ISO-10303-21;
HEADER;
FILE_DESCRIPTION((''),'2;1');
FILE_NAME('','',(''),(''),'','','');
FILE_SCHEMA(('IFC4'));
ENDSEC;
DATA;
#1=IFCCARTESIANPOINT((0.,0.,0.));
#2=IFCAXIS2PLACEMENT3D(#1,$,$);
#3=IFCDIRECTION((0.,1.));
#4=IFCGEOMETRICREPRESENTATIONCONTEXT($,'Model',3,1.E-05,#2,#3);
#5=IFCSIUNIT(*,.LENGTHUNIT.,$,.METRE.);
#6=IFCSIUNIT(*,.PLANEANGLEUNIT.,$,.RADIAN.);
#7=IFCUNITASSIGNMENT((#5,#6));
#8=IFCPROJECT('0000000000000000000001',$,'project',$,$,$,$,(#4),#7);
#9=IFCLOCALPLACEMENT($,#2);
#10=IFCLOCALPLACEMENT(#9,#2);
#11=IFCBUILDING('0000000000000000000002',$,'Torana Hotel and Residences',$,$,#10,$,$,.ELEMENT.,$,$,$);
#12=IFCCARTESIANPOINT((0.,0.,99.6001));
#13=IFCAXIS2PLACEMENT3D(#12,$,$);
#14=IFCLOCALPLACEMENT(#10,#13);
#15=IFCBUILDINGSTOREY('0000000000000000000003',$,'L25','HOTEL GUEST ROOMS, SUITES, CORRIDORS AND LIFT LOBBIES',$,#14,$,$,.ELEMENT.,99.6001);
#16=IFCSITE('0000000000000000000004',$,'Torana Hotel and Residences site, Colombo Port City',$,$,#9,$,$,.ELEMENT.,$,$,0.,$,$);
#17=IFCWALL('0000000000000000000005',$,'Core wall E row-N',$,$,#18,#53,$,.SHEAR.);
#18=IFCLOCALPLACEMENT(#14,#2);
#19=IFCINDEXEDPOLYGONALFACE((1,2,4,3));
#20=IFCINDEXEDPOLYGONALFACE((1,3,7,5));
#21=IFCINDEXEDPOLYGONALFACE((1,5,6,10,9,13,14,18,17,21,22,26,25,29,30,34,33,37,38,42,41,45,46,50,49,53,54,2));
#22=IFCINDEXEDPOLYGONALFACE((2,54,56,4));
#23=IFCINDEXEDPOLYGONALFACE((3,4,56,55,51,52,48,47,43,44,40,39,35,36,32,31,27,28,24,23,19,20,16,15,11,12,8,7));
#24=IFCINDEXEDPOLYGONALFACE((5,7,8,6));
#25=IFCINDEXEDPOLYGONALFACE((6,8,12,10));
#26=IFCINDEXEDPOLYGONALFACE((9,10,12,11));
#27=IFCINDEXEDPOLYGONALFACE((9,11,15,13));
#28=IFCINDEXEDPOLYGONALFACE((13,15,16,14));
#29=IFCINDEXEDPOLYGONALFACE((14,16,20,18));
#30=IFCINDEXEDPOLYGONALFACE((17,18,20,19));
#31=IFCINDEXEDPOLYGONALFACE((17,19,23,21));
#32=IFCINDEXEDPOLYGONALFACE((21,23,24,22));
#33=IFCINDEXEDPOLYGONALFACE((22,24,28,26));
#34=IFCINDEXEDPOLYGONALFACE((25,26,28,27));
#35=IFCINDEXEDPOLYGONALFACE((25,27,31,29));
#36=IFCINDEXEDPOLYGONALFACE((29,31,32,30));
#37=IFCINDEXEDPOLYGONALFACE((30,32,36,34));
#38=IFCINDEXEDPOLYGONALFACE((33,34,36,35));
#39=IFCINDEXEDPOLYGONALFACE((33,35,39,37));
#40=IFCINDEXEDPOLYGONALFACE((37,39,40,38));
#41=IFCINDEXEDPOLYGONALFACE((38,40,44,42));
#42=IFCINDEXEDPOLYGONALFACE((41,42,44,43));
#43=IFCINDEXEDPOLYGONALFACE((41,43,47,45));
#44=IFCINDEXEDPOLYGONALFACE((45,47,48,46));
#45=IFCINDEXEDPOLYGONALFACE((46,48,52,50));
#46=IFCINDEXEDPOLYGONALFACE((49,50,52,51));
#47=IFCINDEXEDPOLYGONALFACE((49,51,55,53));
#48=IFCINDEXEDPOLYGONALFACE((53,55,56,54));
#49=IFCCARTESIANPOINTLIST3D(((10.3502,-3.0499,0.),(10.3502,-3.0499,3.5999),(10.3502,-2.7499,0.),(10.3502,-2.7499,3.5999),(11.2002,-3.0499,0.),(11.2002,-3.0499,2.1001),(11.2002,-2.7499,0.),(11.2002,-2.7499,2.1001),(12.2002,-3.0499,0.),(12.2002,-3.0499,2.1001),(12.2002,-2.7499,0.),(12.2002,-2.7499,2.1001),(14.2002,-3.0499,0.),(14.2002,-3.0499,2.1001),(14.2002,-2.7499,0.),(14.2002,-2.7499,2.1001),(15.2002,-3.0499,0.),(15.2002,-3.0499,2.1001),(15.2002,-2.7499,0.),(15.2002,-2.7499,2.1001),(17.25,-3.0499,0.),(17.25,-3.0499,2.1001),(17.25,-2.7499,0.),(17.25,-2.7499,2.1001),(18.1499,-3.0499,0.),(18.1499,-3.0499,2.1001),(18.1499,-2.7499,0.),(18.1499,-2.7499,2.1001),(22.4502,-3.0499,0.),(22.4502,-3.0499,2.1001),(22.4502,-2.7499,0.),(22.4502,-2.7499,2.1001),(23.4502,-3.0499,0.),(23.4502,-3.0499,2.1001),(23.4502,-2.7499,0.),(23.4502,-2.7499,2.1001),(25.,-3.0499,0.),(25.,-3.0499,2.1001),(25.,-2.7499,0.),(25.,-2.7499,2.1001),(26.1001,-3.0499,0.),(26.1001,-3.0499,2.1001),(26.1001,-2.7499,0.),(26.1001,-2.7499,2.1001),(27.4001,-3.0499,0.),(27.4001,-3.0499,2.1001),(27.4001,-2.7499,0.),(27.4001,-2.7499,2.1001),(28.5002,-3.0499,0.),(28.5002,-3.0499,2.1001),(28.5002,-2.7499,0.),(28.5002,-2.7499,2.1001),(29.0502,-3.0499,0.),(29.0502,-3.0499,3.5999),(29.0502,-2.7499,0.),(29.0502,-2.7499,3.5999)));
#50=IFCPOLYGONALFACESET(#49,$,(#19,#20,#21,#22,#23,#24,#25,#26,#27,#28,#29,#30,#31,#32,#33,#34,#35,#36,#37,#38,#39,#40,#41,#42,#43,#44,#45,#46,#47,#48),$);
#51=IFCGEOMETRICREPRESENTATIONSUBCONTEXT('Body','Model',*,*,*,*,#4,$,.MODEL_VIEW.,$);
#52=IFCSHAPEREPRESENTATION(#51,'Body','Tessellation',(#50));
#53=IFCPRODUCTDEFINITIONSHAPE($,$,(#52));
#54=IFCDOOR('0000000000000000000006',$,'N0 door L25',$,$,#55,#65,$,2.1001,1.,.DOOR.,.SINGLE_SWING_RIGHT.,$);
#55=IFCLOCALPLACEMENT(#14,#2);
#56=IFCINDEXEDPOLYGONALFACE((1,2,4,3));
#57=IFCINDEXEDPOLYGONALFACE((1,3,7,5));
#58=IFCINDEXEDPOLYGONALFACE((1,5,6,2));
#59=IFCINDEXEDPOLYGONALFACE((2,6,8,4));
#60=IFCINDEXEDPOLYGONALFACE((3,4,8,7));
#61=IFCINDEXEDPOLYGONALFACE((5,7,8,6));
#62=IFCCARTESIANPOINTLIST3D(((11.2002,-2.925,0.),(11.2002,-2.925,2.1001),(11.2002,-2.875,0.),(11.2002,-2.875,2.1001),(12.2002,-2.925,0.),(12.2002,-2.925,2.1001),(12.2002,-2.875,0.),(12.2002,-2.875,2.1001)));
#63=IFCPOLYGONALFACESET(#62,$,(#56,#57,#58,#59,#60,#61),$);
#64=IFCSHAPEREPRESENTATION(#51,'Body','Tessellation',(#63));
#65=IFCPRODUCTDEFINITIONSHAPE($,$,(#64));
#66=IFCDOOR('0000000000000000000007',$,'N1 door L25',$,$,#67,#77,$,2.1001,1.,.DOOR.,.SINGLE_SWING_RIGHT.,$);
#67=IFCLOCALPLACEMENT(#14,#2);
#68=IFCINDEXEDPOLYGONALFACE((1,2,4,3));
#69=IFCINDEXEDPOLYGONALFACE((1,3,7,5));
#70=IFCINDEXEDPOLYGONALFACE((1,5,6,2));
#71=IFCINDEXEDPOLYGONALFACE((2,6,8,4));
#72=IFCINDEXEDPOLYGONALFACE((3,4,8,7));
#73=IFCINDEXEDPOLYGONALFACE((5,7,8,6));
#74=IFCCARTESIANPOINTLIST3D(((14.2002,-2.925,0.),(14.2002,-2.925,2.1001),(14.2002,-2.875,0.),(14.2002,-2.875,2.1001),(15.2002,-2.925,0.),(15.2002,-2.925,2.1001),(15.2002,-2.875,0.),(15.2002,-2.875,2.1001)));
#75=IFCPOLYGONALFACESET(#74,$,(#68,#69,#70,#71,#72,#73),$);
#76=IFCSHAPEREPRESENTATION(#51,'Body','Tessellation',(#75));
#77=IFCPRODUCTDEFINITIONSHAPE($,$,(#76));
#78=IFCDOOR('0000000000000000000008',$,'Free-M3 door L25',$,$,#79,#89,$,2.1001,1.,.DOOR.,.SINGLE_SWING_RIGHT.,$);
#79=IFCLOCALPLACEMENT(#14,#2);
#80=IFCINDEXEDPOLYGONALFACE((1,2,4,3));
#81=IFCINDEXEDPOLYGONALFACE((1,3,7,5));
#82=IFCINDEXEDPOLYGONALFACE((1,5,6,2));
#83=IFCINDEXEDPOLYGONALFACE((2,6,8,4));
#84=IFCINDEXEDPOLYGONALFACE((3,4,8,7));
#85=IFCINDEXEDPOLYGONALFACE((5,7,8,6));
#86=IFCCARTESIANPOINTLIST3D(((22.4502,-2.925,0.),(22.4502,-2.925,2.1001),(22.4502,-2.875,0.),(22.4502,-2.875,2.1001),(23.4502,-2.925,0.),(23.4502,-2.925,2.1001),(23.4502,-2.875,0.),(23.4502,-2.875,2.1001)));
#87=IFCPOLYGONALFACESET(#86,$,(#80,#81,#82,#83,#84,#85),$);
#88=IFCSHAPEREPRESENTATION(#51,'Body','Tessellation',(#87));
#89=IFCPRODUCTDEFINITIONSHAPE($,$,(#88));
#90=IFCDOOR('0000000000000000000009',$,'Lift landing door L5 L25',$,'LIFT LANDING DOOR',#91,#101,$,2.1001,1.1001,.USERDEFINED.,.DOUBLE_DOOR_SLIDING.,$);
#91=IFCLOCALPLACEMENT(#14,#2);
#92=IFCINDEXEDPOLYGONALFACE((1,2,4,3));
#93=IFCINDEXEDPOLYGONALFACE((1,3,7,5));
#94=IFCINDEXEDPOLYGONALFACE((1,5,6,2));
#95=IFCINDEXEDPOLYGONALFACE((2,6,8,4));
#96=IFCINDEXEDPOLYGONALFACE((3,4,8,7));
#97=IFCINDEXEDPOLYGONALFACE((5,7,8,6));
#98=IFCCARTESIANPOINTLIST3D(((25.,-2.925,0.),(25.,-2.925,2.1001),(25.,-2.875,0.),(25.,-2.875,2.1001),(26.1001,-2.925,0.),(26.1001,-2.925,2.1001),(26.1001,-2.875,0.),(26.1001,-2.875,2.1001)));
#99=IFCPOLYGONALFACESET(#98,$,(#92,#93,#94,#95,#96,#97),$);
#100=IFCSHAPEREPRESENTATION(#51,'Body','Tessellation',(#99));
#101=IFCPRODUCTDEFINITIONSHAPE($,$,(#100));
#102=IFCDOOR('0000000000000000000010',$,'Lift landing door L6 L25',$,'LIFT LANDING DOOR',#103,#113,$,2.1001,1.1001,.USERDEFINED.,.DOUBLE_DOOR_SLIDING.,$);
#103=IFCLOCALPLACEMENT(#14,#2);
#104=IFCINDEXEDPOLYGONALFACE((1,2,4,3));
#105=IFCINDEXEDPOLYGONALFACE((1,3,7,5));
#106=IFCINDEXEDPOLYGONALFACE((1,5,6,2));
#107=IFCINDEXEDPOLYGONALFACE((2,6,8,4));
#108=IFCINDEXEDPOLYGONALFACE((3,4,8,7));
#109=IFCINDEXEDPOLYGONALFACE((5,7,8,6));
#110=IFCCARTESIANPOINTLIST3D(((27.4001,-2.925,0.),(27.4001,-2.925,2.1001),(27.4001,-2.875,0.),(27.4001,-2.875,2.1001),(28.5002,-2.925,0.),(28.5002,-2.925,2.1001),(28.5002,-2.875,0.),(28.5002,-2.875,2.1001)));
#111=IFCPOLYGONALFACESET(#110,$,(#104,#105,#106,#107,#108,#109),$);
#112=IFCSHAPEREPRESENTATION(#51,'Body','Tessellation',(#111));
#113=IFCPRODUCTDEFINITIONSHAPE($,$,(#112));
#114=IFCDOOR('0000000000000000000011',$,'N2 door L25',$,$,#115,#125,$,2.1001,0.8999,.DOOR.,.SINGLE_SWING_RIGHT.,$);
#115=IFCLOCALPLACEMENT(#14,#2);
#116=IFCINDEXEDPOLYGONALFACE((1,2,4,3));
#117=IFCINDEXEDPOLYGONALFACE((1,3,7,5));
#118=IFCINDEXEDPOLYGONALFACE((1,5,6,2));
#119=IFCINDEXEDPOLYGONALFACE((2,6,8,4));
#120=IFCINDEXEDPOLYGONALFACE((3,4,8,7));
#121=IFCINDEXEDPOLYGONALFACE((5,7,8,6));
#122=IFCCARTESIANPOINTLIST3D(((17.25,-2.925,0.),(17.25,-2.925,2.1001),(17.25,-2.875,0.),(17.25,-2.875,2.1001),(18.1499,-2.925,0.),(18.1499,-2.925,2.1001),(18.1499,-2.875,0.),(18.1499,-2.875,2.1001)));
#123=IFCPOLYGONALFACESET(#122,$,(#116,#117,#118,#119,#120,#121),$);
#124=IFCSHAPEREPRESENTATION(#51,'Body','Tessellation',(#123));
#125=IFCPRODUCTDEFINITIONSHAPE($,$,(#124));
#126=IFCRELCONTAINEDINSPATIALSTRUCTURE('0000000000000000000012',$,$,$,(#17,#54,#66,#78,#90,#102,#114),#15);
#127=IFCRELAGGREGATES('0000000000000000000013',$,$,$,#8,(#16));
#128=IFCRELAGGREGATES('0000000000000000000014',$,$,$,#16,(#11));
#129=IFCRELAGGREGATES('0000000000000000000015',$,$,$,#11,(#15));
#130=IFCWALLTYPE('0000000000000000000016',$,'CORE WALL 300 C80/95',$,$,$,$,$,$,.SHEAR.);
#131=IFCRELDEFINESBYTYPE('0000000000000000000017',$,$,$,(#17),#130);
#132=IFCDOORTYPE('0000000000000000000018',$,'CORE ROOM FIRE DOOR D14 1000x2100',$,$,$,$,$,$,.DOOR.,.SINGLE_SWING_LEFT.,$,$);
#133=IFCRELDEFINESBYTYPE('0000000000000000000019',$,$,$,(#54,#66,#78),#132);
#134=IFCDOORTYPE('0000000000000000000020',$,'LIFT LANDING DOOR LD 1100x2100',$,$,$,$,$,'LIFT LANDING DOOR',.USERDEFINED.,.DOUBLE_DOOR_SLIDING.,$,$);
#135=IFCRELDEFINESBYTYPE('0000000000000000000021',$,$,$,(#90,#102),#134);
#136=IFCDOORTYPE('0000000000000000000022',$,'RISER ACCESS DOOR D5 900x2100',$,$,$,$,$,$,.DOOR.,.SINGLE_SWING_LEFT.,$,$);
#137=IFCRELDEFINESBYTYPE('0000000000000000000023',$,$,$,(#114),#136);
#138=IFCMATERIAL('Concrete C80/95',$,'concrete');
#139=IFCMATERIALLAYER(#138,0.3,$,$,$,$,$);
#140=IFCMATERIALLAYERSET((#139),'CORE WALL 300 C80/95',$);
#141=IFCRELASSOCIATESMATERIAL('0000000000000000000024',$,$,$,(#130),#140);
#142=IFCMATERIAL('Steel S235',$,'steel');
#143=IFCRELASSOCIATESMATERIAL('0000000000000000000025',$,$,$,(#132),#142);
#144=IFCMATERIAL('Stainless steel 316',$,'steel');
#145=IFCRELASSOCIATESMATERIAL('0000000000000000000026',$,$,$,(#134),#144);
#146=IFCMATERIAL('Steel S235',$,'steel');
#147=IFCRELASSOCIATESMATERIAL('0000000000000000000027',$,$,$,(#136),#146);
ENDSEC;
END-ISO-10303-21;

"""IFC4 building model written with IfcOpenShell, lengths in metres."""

from ifc_helpers import new_model, si_unit, direction, frame, frame_2d, origin, place, context, subcontext, project, spatial, rectangle, extrude, material, layer, layer_set, type_object, element, fill, save


model = new_model("IFC4")

# Units and contexts
model_context = context("Model", 3, precision=1e-05, world=origin(), true_north=direction((0.0, 1.0)))
body_context = subcontext(model_context, "Body", "Model", "MODEL_VIEW")
ifc_project = project(units=[si_unit("LENGTHUNIT", "METRE"), si_unit("PLANEANGLEUNIT", "RADIAN")], contexts=[model_context])

# Site, building, storey
site_placement = place(None, origin())
site = spatial("IfcSite", under=ifc_project, at=site_placement, Name="Torana Hotel and Residences site, Colombo Port City", CompositionType="ELEMENT", RefElevation=0.0)
building_placement = place(site_placement, origin())
building = spatial("IfcBuilding", under=site, at=building_placement, Name="Torana Hotel and Residences", CompositionType="ELEMENT")
storey_placement = place(building_placement, frame((0.0, 0.0, 99.6001)))
storey = spatial("IfcBuildingStorey", under=building, at=storey_placement, Name="L25", Description="HOTEL GUEST ROOMS, SUITES, CORRIDORS AND LIFT LOBBIES", CompositionType="ELEMENT", Elevation=99.6001)

# Wall, openings, doors
ifc_material_1 = material(Name="Concrete C80/95", Category="concrete")
ifc_layer_1 = layer(ifc_material_1, 0.3)
ifc_layer_set_1 = layer_set([ifc_layer_1], Name="CORE WALL 300 C80/95")
wall_type_1 = type_object("IfcWallType", Name="CORE WALL 300 C80/95", PredefinedType="SHEAR", material=ifc_layer_set_1)
wall_1_placement = place(storey_placement, frame((10.3501, -2.8999, 0.0), z_axis=(0.0, 0.0, 1.0), x_axis=(1.0, 0.0, 0.0)))
wall_1 = element("IfcWall", 1, at=wall_1_placement, inside=storey, type_object=wall_type_1, Name="Core wall E row-N", PredefinedType="SHEAR", context=body_context, shape_type="SweptSolid", body=[
    extrude(rectangle(XDim=18.7, YDim=0.3, at=frame_2d((9.3501, 0.0))), origin(), (0.0, 0.0, 1.0), 3.5999),
])
opening_1_placement = place(wall_1_placement, frame((14.6499, 0.0, 0.0)))
opening_1 = element("IfcOpeningElement", 2, at=opening_1_placement, cuts=wall_1, PredefinedType="OPENING", context=body_context, shape_type="SweptSolid", body=[
    extrude(rectangle(XDim=1.1001, YDim=2.1001, at=frame_2d((0.55, 1.05))), frame((0.0, 0.1599, 0.0), z_axis=(0.0, -1.0, 0.0), x_axis=(1.0, 0.0, 0.0)), (0.0, 0.0, 1.0), 0.3201),
])
opening_2_placement = place(wall_1_placement, frame((17.05, 0.0, 0.0)))
opening_2 = element("IfcOpeningElement", 3, at=opening_2_placement, cuts=wall_1, PredefinedType="OPENING", context=body_context, shape_type="SweptSolid", body=[
    extrude(rectangle(XDim=1.1001, YDim=2.1001, at=frame_2d((0.55, 1.05))), frame((0.0, 0.1599, 0.0), z_axis=(0.0, -1.0, 0.0), x_axis=(1.0, 0.0, 0.0)), (0.0, 0.0, 1.0), 0.3201),
])
opening_3_placement = place(wall_1_placement, frame((6.8999, 0.0, 0.0)))
opening_3 = element("IfcOpeningElement", 4, at=opening_3_placement, cuts=wall_1, PredefinedType="OPENING", context=body_context, shape_type="SweptSolid", body=[
    extrude(rectangle(XDim=0.8999, YDim=2.1001, at=frame_2d((0.45, 1.05))), frame((0.0, 0.1599, 0.0), z_axis=(0.0, -1.0, 0.0), x_axis=(1.0, 0.0, 0.0)), (0.0, 0.0, 1.0), 0.3201),
])
opening_4_placement = place(wall_1_placement, frame((0.8501, 0.0, 0.0)))
opening_4 = element("IfcOpeningElement", 5, at=opening_4_placement, cuts=wall_1, PredefinedType="OPENING", context=body_context, shape_type="SweptSolid", body=[
    extrude(rectangle(XDim=1.0, YDim=2.1001, at=frame_2d((0.5, 1.05))), frame((0.0, 0.1599, 0.0), z_axis=(0.0, -1.0, 0.0), x_axis=(1.0, 0.0, 0.0)), (0.0, 0.0, 1.0), 0.3201),
])
opening_5_placement = place(wall_1_placement, frame((3.8501, 0.0, 0.0)))
opening_5 = element("IfcOpeningElement", 6, at=opening_5_placement, cuts=wall_1, PredefinedType="OPENING", context=body_context, shape_type="SweptSolid", body=[
    extrude(rectangle(XDim=1.0, YDim=2.1001, at=frame_2d((0.5, 1.05))), frame((0.0, 0.1599, 0.0), z_axis=(0.0, -1.0, 0.0), x_axis=(1.0, 0.0, 0.0)), (0.0, 0.0, 1.0), 0.3201),
])
opening_6_placement = place(wall_1_placement, frame((12.1001, 0.0, 0.0)))
opening_6 = element("IfcOpeningElement", 7, at=opening_6_placement, cuts=wall_1, PredefinedType="OPENING", context=body_context, shape_type="SweptSolid", body=[
    extrude(rectangle(XDim=1.0, YDim=2.1001, at=frame_2d((0.5, 1.05))), frame((0.0, 0.1599, 0.0), z_axis=(0.0, -1.0, 0.0), x_axis=(1.0, 0.0, 0.0)), (0.0, 0.0, 1.0), 0.3201),
])
ifc_material_2 = material(Name="Steel S235", Category="steel")
door_type_1 = type_object("IfcDoorType", Name="CORE ROOM FIRE DOOR D14 1000x2100", OperationType="SINGLE_SWING_LEFT", PredefinedType="DOOR", material=ifc_material_2)
door_1_placement = place(opening_4_placement, origin())
door_1 = element("IfcDoor", 8, at=door_1_placement, inside=storey, type_object=door_type_1, Name="N0 door L25", OperationType="SINGLE_SWING_RIGHT", OverallHeight=2.1001, OverallWidth=1.0, PredefinedType="DOOR", context=body_context, shape_type="SweptSolid", body=[
    extrude(rectangle(XDim=1.0, YDim=2.1001, at=frame_2d((0.5, 1.05))), frame((0.0, 0.0249, 0.0), z_axis=(0.0, -1.0, 0.0), x_axis=(1.0, 0.0, 0.0)), (0.0, 0.0, 1.0), 0.05),
])
fill(opening_4, door_1)
door_2_placement = place(opening_5_placement, origin())
door_2 = element("IfcDoor", 9, at=door_2_placement, inside=storey, type_object=door_type_1, Name="N1 door L25", OperationType="SINGLE_SWING_RIGHT", OverallHeight=2.1001, OverallWidth=1.0, PredefinedType="DOOR", context=body_context, shape_type="SweptSolid", body=[
    extrude(rectangle(XDim=1.0, YDim=2.1001, at=frame_2d((0.5, 1.05))), frame((0.0, 0.0249, 0.0), z_axis=(0.0, -1.0, 0.0), x_axis=(1.0, 0.0, 0.0)), (0.0, 0.0, 1.0), 0.05),
])
fill(opening_5, door_2)
door_3_placement = place(opening_6_placement, origin())
door_3 = element("IfcDoor", 10, at=door_3_placement, inside=storey, type_object=door_type_1, Name="Free-M3 door L25", OperationType="SINGLE_SWING_RIGHT", OverallHeight=2.1001, OverallWidth=1.0, PredefinedType="DOOR", context=body_context, shape_type="SweptSolid", body=[
    extrude(rectangle(XDim=1.0, YDim=2.1001, at=frame_2d((0.5, 1.05))), frame((0.0, 0.0249, 0.0), z_axis=(0.0, -1.0, 0.0), x_axis=(1.0, 0.0, 0.0)), (0.0, 0.0, 1.0), 0.05),
])
fill(opening_6, door_3)
ifc_material_3 = material(Name="Stainless steel 316", Category="steel")
door_type_2 = type_object("IfcDoorType", Name="LIFT LANDING DOOR LD 1100x2100", ElementType="LIFT LANDING DOOR", OperationType="DOUBLE_DOOR_SLIDING", PredefinedType="USERDEFINED", material=ifc_material_3)
door_4_placement = place(opening_1_placement, origin())
door_4 = element("IfcDoor", 11, at=door_4_placement, inside=storey, type_object=door_type_2, Name="Lift landing door L5 L25", ObjectType="LIFT LANDING DOOR", OperationType="DOUBLE_DOOR_SLIDING", OverallHeight=2.1001, OverallWidth=1.1001, PredefinedType="USERDEFINED", context=body_context, shape_type="SweptSolid", body=[
    extrude(rectangle(XDim=1.1001, YDim=2.1001, at=frame_2d((0.55, 1.05))), frame((0.0, 0.0249, 0.0), z_axis=(0.0, -1.0, 0.0), x_axis=(1.0, 0.0, 0.0)), (0.0, 0.0, 1.0), 0.05),
])
fill(opening_1, door_4)
door_5_placement = place(opening_2_placement, origin())
door_5 = element("IfcDoor", 12, at=door_5_placement, inside=storey, type_object=door_type_2, Name="Lift landing door L6 L25", ObjectType="LIFT LANDING DOOR", OperationType="DOUBLE_DOOR_SLIDING", OverallHeight=2.1001, OverallWidth=1.1001, PredefinedType="USERDEFINED", context=body_context, shape_type="SweptSolid", body=[
    extrude(rectangle(XDim=1.1001, YDim=2.1001, at=frame_2d((0.55, 1.05))), frame((0.0, 0.0249, 0.0), z_axis=(0.0, -1.0, 0.0), x_axis=(1.0, 0.0, 0.0)), (0.0, 0.0, 1.0), 0.05),
])
fill(opening_2, door_5)
ifc_material_4 = material(Name="Steel S235", Category="steel")
door_type_3 = type_object("IfcDoorType", Name="RISER ACCESS DOOR D5 900x2100", OperationType="SINGLE_SWING_LEFT", PredefinedType="DOOR", material=ifc_material_4)
door_6_placement = place(opening_3_placement, origin())
door_6 = element("IfcDoor", 13, at=door_6_placement, inside=storey, type_object=door_type_3, Name="N2 door L25", OperationType="SINGLE_SWING_RIGHT", OverallHeight=2.1001, OverallWidth=0.8999, PredefinedType="DOOR", context=body_context, shape_type="SweptSolid", body=[
    extrude(rectangle(XDim=0.8999, YDim=2.1001, at=frame_2d((0.45, 1.05))), frame((0.0, 0.0249, 0.0), z_axis=(0.0, -1.0, 0.0), x_axis=(1.0, 0.0, 0.0)), (0.0, 0.0, 1.0), 0.05),
])
fill(opening_3, door_6)

save(model, "model.ifc")
